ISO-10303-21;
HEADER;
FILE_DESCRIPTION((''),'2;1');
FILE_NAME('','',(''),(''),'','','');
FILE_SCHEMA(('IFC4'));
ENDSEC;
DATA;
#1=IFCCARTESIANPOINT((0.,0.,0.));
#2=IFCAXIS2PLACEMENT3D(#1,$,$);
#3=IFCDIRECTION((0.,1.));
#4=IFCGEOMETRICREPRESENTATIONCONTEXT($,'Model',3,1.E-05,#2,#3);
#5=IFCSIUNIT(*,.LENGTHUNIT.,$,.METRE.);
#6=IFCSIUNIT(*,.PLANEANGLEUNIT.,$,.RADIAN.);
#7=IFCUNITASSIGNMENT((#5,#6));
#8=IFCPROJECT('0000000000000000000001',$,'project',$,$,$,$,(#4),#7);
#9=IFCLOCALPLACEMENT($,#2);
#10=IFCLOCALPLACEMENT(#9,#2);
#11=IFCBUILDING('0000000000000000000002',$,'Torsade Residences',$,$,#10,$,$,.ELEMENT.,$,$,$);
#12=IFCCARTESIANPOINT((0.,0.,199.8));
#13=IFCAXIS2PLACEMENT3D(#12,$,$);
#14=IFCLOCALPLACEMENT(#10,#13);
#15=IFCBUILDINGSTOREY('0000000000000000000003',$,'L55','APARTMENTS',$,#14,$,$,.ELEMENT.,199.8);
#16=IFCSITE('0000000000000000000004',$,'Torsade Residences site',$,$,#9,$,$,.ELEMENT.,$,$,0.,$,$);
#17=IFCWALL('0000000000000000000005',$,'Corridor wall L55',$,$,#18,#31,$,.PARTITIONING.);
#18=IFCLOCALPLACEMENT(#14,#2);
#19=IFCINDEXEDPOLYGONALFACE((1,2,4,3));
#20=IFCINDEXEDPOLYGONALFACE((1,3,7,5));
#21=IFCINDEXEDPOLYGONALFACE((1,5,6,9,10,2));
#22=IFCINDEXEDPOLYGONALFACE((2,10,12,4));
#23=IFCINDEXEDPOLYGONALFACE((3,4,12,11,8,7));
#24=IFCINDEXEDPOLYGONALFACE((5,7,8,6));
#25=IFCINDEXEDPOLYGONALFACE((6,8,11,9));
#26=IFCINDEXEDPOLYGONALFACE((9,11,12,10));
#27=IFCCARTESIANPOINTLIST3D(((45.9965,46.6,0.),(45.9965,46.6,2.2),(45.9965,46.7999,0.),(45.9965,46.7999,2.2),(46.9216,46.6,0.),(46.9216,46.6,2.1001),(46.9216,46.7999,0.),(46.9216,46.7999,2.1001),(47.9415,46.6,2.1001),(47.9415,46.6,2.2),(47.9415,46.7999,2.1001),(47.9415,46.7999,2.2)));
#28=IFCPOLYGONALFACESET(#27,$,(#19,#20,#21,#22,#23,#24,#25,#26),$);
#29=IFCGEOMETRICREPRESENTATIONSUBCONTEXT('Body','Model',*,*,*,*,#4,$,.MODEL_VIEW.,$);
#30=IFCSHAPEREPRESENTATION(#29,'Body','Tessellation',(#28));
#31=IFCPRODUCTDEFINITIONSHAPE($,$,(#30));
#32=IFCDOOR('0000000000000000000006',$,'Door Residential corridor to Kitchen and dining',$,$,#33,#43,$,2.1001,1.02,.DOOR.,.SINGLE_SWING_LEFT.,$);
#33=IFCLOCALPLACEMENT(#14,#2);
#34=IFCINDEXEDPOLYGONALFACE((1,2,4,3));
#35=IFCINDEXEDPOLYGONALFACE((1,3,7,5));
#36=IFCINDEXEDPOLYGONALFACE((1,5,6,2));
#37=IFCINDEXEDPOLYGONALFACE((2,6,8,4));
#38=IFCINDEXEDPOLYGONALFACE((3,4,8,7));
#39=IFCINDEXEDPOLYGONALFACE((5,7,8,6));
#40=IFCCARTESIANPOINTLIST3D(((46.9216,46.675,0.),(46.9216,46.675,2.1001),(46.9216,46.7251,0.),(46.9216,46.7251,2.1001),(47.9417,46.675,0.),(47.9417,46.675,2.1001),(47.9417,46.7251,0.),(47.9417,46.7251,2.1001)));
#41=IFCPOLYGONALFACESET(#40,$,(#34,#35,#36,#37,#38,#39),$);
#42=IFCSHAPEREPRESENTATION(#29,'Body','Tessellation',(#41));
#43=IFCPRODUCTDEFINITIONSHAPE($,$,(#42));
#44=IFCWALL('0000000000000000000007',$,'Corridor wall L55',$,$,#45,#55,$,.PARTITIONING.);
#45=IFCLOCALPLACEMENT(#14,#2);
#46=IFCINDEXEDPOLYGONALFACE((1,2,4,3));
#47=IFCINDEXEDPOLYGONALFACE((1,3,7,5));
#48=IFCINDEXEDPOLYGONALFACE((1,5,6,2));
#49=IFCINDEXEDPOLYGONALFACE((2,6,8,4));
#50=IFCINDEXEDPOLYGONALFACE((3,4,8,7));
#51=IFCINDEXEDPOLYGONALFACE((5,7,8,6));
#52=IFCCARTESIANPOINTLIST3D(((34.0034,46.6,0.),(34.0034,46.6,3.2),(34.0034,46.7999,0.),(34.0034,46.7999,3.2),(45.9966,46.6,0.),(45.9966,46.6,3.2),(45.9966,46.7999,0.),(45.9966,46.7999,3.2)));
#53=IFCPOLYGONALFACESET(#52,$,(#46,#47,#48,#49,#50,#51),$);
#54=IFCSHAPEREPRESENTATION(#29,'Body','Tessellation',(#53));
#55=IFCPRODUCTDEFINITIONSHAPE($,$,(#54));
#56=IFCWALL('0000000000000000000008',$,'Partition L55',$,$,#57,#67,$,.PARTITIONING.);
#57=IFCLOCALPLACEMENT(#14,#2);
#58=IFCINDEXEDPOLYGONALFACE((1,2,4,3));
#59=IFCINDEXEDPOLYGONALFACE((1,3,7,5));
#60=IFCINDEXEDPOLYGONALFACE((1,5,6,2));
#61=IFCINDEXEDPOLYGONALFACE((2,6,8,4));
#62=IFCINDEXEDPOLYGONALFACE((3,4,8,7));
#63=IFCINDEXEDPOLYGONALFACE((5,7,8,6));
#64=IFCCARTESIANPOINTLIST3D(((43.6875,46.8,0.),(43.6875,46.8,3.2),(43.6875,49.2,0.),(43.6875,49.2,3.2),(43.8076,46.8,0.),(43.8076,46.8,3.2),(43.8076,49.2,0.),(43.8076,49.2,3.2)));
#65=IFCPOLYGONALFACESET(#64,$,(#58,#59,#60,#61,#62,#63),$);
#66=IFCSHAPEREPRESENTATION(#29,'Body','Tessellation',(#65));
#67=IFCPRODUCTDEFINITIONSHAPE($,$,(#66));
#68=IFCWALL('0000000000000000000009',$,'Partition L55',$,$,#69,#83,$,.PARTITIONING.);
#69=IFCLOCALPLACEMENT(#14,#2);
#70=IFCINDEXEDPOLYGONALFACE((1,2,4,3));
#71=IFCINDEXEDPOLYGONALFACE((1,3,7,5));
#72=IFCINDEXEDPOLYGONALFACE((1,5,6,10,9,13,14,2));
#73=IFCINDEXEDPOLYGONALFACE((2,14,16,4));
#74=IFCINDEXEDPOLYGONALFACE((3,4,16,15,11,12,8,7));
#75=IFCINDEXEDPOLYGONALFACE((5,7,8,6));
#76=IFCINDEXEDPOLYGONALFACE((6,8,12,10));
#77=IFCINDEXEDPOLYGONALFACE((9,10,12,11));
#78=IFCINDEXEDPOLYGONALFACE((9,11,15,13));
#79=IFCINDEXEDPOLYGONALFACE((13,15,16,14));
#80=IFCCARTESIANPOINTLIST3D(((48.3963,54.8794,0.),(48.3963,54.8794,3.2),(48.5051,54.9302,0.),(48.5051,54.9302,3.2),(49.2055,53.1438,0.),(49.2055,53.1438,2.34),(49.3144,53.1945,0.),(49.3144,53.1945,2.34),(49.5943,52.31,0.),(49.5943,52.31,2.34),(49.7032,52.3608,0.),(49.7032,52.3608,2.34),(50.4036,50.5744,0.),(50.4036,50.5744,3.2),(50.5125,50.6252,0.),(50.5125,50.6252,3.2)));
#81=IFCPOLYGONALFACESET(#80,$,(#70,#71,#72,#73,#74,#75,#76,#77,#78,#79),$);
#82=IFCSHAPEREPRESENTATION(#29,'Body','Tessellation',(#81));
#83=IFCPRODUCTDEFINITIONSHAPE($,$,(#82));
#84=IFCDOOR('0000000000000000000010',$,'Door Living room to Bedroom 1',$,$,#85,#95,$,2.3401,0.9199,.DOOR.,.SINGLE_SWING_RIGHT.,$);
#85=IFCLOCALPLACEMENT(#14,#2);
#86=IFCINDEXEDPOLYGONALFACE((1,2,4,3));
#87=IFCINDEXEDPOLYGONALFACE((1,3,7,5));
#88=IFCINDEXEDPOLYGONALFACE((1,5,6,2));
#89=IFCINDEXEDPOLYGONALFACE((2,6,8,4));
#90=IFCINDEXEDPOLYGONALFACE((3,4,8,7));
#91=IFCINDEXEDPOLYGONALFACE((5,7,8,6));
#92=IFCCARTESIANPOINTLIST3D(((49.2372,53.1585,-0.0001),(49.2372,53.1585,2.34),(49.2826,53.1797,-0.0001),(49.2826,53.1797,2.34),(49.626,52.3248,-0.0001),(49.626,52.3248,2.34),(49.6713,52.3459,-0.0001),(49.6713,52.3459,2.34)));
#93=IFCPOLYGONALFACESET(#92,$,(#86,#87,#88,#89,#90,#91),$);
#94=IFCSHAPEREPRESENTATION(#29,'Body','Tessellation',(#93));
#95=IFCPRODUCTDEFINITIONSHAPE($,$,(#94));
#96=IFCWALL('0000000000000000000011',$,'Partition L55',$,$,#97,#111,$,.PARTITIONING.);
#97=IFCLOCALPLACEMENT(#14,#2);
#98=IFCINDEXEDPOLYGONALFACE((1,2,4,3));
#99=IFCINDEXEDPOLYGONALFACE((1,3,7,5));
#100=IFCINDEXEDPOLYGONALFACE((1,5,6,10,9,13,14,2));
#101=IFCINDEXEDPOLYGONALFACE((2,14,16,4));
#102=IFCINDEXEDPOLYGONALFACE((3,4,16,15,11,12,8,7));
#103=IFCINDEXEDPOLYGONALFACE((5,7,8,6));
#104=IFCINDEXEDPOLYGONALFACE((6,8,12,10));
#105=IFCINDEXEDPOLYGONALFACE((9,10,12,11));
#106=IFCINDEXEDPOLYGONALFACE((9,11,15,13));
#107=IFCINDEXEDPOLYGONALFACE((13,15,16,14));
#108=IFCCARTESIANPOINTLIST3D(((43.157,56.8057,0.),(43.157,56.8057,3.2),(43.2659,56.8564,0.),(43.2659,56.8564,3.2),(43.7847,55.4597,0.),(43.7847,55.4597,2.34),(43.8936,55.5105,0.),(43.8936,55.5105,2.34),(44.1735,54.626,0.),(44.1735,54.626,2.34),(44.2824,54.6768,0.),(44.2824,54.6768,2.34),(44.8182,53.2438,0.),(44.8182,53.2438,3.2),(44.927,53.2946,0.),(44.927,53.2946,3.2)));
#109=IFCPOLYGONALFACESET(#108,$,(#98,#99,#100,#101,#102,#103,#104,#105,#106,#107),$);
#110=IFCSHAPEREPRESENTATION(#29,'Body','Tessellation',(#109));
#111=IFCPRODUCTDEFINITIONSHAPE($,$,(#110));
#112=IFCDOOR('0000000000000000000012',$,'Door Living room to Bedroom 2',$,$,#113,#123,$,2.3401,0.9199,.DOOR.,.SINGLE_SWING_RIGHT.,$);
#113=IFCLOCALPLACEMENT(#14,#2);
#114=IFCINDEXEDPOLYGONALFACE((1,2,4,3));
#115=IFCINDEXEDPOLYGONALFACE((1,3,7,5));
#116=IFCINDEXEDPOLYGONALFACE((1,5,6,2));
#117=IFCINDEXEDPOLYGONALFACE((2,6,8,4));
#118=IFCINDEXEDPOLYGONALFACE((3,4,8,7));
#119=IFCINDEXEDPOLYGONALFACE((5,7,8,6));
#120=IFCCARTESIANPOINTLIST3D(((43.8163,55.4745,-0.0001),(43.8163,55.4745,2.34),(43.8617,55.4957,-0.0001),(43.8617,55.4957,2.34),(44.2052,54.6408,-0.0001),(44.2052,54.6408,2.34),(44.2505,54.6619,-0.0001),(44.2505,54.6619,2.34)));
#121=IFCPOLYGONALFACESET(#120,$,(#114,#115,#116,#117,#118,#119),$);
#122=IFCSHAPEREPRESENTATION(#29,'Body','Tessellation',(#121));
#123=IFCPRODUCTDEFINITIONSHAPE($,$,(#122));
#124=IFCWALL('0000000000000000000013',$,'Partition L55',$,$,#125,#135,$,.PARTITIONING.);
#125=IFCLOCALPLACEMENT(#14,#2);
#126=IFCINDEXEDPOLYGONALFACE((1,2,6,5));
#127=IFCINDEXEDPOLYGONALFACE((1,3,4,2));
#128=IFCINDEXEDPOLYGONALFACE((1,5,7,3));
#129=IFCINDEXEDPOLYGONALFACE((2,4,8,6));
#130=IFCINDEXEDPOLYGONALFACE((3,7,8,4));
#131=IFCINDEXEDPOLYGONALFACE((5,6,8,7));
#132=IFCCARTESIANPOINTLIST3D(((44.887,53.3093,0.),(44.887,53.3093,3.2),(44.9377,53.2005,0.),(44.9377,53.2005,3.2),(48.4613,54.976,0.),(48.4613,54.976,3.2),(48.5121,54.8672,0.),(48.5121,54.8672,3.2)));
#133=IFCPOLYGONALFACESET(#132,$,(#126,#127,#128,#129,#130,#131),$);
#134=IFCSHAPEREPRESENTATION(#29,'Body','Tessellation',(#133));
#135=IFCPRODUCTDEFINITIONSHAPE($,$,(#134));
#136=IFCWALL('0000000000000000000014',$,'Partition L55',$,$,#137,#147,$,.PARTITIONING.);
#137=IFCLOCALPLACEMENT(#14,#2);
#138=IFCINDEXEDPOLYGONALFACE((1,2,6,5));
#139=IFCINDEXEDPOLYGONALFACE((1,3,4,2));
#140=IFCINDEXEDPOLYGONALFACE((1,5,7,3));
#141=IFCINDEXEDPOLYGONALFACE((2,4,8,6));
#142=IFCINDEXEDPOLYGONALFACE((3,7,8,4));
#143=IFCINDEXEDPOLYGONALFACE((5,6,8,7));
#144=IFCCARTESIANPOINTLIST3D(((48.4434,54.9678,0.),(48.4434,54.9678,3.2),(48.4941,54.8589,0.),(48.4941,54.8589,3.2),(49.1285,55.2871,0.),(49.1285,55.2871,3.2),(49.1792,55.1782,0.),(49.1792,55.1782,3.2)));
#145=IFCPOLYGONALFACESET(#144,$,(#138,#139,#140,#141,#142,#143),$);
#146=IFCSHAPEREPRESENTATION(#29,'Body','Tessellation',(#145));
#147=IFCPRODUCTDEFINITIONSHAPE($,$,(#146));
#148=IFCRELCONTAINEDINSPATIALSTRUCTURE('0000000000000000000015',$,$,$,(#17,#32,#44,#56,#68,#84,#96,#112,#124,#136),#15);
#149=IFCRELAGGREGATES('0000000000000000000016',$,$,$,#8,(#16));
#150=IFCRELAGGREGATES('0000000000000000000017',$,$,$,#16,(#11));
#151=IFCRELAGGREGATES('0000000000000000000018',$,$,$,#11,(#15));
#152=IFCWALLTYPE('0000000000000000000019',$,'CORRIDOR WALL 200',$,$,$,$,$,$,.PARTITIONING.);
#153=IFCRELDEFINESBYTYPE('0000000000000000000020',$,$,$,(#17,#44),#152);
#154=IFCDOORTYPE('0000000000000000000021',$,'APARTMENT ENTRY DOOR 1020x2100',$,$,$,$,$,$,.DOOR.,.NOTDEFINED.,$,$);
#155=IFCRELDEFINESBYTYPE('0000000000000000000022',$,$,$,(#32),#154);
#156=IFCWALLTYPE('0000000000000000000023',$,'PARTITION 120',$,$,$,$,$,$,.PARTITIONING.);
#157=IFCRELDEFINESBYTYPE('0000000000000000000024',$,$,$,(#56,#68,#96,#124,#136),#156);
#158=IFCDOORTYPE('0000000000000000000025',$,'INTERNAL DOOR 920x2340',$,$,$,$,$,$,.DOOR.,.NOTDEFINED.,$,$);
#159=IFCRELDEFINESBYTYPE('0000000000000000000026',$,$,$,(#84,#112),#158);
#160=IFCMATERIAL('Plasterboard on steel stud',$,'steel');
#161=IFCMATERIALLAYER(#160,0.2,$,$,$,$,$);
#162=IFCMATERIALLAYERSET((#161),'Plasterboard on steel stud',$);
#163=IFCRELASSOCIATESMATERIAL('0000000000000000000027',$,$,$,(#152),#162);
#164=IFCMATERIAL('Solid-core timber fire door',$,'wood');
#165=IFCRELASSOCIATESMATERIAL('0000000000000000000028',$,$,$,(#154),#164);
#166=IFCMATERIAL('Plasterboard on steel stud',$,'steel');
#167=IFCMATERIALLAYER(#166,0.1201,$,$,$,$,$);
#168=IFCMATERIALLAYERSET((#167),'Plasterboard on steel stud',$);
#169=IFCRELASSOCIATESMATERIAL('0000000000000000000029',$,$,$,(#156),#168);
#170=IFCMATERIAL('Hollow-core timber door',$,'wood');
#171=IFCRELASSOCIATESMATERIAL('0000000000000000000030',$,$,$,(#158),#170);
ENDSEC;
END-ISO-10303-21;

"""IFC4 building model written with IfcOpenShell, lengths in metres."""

from ifc_helpers import new_model, si_unit, direction, frame, frame_2d, origin, place, context, subcontext, project, spatial, rectangle, extrude, material, layer, layer_set, type_object, element, fill, save


model = new_model("IFC4")

# Units and contexts
model_context = context("Model", 3, precision=1e-05, world=origin(), true_north=direction((0.0, 1.0)))
body_context = subcontext(model_context, "Body", "Model", "MODEL_VIEW")
ifc_project = project(units=[si_unit("LENGTHUNIT", "METRE"), si_unit("PLANEANGLEUNIT", "RADIAN")], contexts=[model_context])

# Site, building, storey
site_placement = place(None, origin())
site = spatial("IfcSite", under=ifc_project, at=site_placement, Name="Torsade Residences site", CompositionType="ELEMENT", RefElevation=0.0)
building_placement = place(site_placement, origin())
building = spatial("IfcBuilding", under=site, at=building_placement, Name="Torsade Residences", CompositionType="ELEMENT")
storey_placement = place(building_placement, frame((0.0, 0.0, 199.8)))
storey = spatial("IfcBuildingStorey", under=building, at=storey_placement, Name="L55", Description="APARTMENTS", CompositionType="ELEMENT", Elevation=199.8)

# Wall, opening, door
ifc_material_1 = material(Name="Plasterboard on steel stud", Category="steel")
ifc_layer_1 = layer(ifc_material_1, 0.2)
ifc_layer_set_1 = layer_set([ifc_layer_1], Name="Plasterboard on steel stud")
wall_type_1 = type_object("IfcWallType", Name="CORRIDOR WALL 200", PredefinedType="PARTITIONING", material=ifc_layer_set_1)
wall_1_placement = place(storey_placement, frame((47.9417, 46.7, 0.0), z_axis=(0.0, 0.0, 1.0), x_axis=(-1.0, 0.0, 0.0)))
wall_1 = element("IfcWall", 1, at=wall_1_placement, inside=storey, type_object=wall_type_1, Name="Corridor wall L55", PredefinedType="PARTITIONING", context=body_context, shape_type="SweptSolid", body=[
    extrude(rectangle(XDim=1.9451, YDim=0.2, at=frame_2d((0.9727, 0.0))), origin(), (0.0, 0.0, 1.0), 2.2),
])
opening_1_placement = place(wall_1_placement, origin())
opening_1 = element("IfcOpeningElement", 2, at=opening_1_placement, cuts=wall_1, PredefinedType="OPENING", context=body_context, shape_type="SweptSolid", body=[
    extrude(rectangle(XDim=1.02, YDim=2.1001, at=frame_2d((0.51, 1.05))), frame((0.0, 0.1099, 0.0), z_axis=(0.0, -1.0, 0.0), x_axis=(1.0, 0.0, 0.0)), (0.0, 0.0, 1.0), 0.22),
])
ifc_material_2 = material(Name="Solid-core timber fire door", Category="wood")
door_type_1 = type_object("IfcDoorType", Name="APARTMENT ENTRY DOOR 1020x2100", OperationType="NOTDEFINED", PredefinedType="DOOR", material=ifc_material_2)
door_1_placement = place(opening_1_placement, origin())
door_1 = element("IfcDoor", 3, at=door_1_placement, inside=storey, type_object=door_type_1, Name="Door Residential corridor to Kitchen and dining", OperationType="SINGLE_SWING_LEFT", OverallHeight=2.1001, OverallWidth=1.02, PredefinedType="DOOR", context=body_context, shape_type="SweptSolid", body=[
    extrude(rectangle(XDim=1.02, YDim=2.1001, at=frame_2d((0.51, 1.05))), frame((0.0, 0.0249, 0.0), z_axis=(0.0, -1.0, 0.0), x_axis=(1.0, 0.0, 0.0)), (0.0, 0.0, 1.0), 0.05),
])
fill(opening_1, door_1)

# Walls
wall_2_placement = place(storey_placement, frame((45.9966, 46.7, 0.0), z_axis=(0.0, 0.0, 1.0), x_axis=(-1.0, 0.0, 0.0)))
element("IfcWall", 4, at=wall_2_placement, inside=storey, type_object=wall_type_1, Name="Corridor wall L55", PredefinedType="PARTITIONING", context=body_context, shape_type="SweptSolid", body=[
    extrude(rectangle(XDim=11.9932, YDim=0.2, at=frame_2d((5.9966, 0.0))), origin(), (0.0, 0.0, 1.0), 3.2),
])
ifc_material_3 = material(Name="Plasterboard on steel stud", Category="steel")
ifc_layer_2 = layer(ifc_material_3, 0.1201)
ifc_layer_set_2 = layer_set([ifc_layer_2], Name="Plasterboard on steel stud")
wall_type_2 = type_object("IfcWallType", Name="PARTITION 120", PredefinedType="PARTITIONING", material=ifc_layer_set_2)
wall_3_placement = place(storey_placement, frame((43.7476, 46.8, 0.0), z_axis=(0.0, 0.0, 1.0), x_axis=(0.0, 1.0, 0.0)))
element("IfcWall", 5, at=wall_3_placement, inside=storey, type_object=wall_type_2, Name="Partition L55", PredefinedType="PARTITIONING", context=body_context, shape_type="SweptSolid", body=[
    extrude(rectangle(XDim=2.3999, YDim=0.1201, at=frame_2d((1.2, 0.0))), origin(), (0.0, 0.0, 1.0), 3.2),
])

# Walls, openings, doors
wall_4_placement = place(storey_placement, frame((48.4507, 54.9048, 0.0), z_axis=(0.0, 0.0, 1.0), x_axis=(0.422601, -0.906316, 0.0)))
wall_4 = element("IfcWall", 6, at=wall_4_placement, inside=storey, type_object=wall_type_2, Name="Partition L55", PredefinedType="PARTITIONING", context=body_context, shape_type="SweptSolid", body=[
    extrude(rectangle(XDim=4.75, YDim=0.1201, at=frame_2d((2.375, 0.0))), origin(), (0.0, 0.0, 1.0), 3.2),
])
opening_2_placement = place(wall_4_placement, frame((1.915, 0.0, 0.0)))
opening_2 = element("IfcOpeningElement", 7, at=opening_2_placement, cuts=wall_4, PredefinedType="OPENING", context=body_context, shape_type="SweptSolid", body=[
    extrude(rectangle(XDim=0.9199, YDim=2.3401, at=frame_2d((0.46, 1.1699))), frame((0.0, 0.0701, 0.0), z_axis=(0.0, -1.0, 0.0), x_axis=(1.0, 0.0, 0.0)), (0.0, 0.0, 1.0), 0.1401),
])
ifc_material_4 = material(Name="Hollow-core timber door", Category="wood")
door_type_2 = type_object("IfcDoorType", Name="INTERNAL DOOR 920x2340", OperationType="NOTDEFINED", PredefinedType="DOOR", material=ifc_material_4)
door_2_placement = place(opening_2_placement, origin())
door_2 = element("IfcDoor", 8, at=door_2_placement, inside=storey, type_object=door_type_2, Name="Door Living room to Bedroom 1", OperationType="SINGLE_SWING_RIGHT", OverallHeight=2.3401, OverallWidth=0.9199, PredefinedType="DOOR", context=body_context, shape_type="SweptSolid", body=[
    extrude(rectangle(XDim=0.9199, YDim=2.3401, at=frame_2d((0.46, 1.1699))), frame((0.0, 0.0249, 0.0), z_axis=(0.0, -1.0, 0.0), x_axis=(1.0, 0.0, 0.0)), (0.0, 0.0, 1.0), 0.05),
])
fill(opening_2, door_2)
wall_5_placement = place(storey_placement, frame((43.2114, 56.8311, 0.0), z_axis=(0.0, 0.0, 1.0), x_axis=(0.422671, -0.906283, 0.0)))
wall_5 = element("IfcWall", 9, at=wall_5_placement, inside=storey, type_object=wall_type_2, Name="Partition L55", PredefinedType="PARTITIONING", context=body_context, shape_type="SweptSolid", body=[
    extrude(rectangle(XDim=3.9302, YDim=0.1201, at=frame_2d((1.9651, 0.0))), origin(), (0.0, 0.0, 1.0), 3.2),
])
opening_3_placement = place(wall_5_placement, frame((1.4851, 0.0, 0.0)))
opening_3 = element("IfcOpeningElement", 10, at=opening_3_placement, cuts=wall_5, PredefinedType="OPENING", context=body_context, shape_type="SweptSolid", body=[
    extrude(rectangle(XDim=0.9199, YDim=2.3401, at=frame_2d((0.46, 1.1699))), frame((0.0, 0.0701, 0.0), z_axis=(0.0, -1.0, 0.0), x_axis=(1.0, 0.0, 0.0)), (0.0, 0.0, 1.0), 0.1401),
])
door_3_placement = place(opening_3_placement, origin())
door_3 = element("IfcDoor", 11, at=door_3_placement, inside=storey, type_object=door_type_2, Name="Door Living room to Bedroom 2", OperationType="SINGLE_SWING_RIGHT", OverallHeight=2.3401, OverallWidth=0.9199, PredefinedType="DOOR", context=body_context, shape_type="SweptSolid", body=[
    extrude(rectangle(XDim=0.9199, YDim=2.3401, at=frame_2d((0.46, 1.1699))), frame((0.0, 0.0249, 0.0), z_axis=(0.0, -1.0, 0.0), x_axis=(1.0, 0.0, 0.0)), (0.0, 0.0, 1.0), 0.05),
])
fill(opening_3, door_3)

# Walls
wall_6_placement = place(storey_placement, frame((44.9124, 53.2549, 0.0), z_axis=(0.0, 0.0, 1.0), x_axis=(0.906313, 0.422608, 0.0)))
element("IfcWall", 12, at=wall_6_placement, inside=storey, type_object=wall_type_2, Name="Partition L55", PredefinedType="PARTITIONING", context=body_context, shape_type="SweptSolid", body=[
    extrude(rectangle(XDim=3.9438, YDim=0.1201, at=frame_2d((1.9719, 0.0))), origin(), (0.0, 0.0, 1.0), 3.2),
])
wall_7_placement = place(storey_placement, frame((48.4688, 54.9133, 0.0), z_axis=(0.0, 0.0, 1.0), x_axis=(0.906365, 0.422496, 0.0)))
element("IfcWall", 13, at=wall_7_placement, inside=storey, type_object=wall_type_2, Name="Partition L55", PredefinedType="PARTITIONING", context=body_context, shape_type="SweptSolid", body=[
    extrude(rectangle(XDim=0.7559, YDim=0.1201, at=frame_2d((0.3779, 0.0))), origin(), (0.0, 0.0, 1.0), 3.2),
])

save(model, "model.ifc")
